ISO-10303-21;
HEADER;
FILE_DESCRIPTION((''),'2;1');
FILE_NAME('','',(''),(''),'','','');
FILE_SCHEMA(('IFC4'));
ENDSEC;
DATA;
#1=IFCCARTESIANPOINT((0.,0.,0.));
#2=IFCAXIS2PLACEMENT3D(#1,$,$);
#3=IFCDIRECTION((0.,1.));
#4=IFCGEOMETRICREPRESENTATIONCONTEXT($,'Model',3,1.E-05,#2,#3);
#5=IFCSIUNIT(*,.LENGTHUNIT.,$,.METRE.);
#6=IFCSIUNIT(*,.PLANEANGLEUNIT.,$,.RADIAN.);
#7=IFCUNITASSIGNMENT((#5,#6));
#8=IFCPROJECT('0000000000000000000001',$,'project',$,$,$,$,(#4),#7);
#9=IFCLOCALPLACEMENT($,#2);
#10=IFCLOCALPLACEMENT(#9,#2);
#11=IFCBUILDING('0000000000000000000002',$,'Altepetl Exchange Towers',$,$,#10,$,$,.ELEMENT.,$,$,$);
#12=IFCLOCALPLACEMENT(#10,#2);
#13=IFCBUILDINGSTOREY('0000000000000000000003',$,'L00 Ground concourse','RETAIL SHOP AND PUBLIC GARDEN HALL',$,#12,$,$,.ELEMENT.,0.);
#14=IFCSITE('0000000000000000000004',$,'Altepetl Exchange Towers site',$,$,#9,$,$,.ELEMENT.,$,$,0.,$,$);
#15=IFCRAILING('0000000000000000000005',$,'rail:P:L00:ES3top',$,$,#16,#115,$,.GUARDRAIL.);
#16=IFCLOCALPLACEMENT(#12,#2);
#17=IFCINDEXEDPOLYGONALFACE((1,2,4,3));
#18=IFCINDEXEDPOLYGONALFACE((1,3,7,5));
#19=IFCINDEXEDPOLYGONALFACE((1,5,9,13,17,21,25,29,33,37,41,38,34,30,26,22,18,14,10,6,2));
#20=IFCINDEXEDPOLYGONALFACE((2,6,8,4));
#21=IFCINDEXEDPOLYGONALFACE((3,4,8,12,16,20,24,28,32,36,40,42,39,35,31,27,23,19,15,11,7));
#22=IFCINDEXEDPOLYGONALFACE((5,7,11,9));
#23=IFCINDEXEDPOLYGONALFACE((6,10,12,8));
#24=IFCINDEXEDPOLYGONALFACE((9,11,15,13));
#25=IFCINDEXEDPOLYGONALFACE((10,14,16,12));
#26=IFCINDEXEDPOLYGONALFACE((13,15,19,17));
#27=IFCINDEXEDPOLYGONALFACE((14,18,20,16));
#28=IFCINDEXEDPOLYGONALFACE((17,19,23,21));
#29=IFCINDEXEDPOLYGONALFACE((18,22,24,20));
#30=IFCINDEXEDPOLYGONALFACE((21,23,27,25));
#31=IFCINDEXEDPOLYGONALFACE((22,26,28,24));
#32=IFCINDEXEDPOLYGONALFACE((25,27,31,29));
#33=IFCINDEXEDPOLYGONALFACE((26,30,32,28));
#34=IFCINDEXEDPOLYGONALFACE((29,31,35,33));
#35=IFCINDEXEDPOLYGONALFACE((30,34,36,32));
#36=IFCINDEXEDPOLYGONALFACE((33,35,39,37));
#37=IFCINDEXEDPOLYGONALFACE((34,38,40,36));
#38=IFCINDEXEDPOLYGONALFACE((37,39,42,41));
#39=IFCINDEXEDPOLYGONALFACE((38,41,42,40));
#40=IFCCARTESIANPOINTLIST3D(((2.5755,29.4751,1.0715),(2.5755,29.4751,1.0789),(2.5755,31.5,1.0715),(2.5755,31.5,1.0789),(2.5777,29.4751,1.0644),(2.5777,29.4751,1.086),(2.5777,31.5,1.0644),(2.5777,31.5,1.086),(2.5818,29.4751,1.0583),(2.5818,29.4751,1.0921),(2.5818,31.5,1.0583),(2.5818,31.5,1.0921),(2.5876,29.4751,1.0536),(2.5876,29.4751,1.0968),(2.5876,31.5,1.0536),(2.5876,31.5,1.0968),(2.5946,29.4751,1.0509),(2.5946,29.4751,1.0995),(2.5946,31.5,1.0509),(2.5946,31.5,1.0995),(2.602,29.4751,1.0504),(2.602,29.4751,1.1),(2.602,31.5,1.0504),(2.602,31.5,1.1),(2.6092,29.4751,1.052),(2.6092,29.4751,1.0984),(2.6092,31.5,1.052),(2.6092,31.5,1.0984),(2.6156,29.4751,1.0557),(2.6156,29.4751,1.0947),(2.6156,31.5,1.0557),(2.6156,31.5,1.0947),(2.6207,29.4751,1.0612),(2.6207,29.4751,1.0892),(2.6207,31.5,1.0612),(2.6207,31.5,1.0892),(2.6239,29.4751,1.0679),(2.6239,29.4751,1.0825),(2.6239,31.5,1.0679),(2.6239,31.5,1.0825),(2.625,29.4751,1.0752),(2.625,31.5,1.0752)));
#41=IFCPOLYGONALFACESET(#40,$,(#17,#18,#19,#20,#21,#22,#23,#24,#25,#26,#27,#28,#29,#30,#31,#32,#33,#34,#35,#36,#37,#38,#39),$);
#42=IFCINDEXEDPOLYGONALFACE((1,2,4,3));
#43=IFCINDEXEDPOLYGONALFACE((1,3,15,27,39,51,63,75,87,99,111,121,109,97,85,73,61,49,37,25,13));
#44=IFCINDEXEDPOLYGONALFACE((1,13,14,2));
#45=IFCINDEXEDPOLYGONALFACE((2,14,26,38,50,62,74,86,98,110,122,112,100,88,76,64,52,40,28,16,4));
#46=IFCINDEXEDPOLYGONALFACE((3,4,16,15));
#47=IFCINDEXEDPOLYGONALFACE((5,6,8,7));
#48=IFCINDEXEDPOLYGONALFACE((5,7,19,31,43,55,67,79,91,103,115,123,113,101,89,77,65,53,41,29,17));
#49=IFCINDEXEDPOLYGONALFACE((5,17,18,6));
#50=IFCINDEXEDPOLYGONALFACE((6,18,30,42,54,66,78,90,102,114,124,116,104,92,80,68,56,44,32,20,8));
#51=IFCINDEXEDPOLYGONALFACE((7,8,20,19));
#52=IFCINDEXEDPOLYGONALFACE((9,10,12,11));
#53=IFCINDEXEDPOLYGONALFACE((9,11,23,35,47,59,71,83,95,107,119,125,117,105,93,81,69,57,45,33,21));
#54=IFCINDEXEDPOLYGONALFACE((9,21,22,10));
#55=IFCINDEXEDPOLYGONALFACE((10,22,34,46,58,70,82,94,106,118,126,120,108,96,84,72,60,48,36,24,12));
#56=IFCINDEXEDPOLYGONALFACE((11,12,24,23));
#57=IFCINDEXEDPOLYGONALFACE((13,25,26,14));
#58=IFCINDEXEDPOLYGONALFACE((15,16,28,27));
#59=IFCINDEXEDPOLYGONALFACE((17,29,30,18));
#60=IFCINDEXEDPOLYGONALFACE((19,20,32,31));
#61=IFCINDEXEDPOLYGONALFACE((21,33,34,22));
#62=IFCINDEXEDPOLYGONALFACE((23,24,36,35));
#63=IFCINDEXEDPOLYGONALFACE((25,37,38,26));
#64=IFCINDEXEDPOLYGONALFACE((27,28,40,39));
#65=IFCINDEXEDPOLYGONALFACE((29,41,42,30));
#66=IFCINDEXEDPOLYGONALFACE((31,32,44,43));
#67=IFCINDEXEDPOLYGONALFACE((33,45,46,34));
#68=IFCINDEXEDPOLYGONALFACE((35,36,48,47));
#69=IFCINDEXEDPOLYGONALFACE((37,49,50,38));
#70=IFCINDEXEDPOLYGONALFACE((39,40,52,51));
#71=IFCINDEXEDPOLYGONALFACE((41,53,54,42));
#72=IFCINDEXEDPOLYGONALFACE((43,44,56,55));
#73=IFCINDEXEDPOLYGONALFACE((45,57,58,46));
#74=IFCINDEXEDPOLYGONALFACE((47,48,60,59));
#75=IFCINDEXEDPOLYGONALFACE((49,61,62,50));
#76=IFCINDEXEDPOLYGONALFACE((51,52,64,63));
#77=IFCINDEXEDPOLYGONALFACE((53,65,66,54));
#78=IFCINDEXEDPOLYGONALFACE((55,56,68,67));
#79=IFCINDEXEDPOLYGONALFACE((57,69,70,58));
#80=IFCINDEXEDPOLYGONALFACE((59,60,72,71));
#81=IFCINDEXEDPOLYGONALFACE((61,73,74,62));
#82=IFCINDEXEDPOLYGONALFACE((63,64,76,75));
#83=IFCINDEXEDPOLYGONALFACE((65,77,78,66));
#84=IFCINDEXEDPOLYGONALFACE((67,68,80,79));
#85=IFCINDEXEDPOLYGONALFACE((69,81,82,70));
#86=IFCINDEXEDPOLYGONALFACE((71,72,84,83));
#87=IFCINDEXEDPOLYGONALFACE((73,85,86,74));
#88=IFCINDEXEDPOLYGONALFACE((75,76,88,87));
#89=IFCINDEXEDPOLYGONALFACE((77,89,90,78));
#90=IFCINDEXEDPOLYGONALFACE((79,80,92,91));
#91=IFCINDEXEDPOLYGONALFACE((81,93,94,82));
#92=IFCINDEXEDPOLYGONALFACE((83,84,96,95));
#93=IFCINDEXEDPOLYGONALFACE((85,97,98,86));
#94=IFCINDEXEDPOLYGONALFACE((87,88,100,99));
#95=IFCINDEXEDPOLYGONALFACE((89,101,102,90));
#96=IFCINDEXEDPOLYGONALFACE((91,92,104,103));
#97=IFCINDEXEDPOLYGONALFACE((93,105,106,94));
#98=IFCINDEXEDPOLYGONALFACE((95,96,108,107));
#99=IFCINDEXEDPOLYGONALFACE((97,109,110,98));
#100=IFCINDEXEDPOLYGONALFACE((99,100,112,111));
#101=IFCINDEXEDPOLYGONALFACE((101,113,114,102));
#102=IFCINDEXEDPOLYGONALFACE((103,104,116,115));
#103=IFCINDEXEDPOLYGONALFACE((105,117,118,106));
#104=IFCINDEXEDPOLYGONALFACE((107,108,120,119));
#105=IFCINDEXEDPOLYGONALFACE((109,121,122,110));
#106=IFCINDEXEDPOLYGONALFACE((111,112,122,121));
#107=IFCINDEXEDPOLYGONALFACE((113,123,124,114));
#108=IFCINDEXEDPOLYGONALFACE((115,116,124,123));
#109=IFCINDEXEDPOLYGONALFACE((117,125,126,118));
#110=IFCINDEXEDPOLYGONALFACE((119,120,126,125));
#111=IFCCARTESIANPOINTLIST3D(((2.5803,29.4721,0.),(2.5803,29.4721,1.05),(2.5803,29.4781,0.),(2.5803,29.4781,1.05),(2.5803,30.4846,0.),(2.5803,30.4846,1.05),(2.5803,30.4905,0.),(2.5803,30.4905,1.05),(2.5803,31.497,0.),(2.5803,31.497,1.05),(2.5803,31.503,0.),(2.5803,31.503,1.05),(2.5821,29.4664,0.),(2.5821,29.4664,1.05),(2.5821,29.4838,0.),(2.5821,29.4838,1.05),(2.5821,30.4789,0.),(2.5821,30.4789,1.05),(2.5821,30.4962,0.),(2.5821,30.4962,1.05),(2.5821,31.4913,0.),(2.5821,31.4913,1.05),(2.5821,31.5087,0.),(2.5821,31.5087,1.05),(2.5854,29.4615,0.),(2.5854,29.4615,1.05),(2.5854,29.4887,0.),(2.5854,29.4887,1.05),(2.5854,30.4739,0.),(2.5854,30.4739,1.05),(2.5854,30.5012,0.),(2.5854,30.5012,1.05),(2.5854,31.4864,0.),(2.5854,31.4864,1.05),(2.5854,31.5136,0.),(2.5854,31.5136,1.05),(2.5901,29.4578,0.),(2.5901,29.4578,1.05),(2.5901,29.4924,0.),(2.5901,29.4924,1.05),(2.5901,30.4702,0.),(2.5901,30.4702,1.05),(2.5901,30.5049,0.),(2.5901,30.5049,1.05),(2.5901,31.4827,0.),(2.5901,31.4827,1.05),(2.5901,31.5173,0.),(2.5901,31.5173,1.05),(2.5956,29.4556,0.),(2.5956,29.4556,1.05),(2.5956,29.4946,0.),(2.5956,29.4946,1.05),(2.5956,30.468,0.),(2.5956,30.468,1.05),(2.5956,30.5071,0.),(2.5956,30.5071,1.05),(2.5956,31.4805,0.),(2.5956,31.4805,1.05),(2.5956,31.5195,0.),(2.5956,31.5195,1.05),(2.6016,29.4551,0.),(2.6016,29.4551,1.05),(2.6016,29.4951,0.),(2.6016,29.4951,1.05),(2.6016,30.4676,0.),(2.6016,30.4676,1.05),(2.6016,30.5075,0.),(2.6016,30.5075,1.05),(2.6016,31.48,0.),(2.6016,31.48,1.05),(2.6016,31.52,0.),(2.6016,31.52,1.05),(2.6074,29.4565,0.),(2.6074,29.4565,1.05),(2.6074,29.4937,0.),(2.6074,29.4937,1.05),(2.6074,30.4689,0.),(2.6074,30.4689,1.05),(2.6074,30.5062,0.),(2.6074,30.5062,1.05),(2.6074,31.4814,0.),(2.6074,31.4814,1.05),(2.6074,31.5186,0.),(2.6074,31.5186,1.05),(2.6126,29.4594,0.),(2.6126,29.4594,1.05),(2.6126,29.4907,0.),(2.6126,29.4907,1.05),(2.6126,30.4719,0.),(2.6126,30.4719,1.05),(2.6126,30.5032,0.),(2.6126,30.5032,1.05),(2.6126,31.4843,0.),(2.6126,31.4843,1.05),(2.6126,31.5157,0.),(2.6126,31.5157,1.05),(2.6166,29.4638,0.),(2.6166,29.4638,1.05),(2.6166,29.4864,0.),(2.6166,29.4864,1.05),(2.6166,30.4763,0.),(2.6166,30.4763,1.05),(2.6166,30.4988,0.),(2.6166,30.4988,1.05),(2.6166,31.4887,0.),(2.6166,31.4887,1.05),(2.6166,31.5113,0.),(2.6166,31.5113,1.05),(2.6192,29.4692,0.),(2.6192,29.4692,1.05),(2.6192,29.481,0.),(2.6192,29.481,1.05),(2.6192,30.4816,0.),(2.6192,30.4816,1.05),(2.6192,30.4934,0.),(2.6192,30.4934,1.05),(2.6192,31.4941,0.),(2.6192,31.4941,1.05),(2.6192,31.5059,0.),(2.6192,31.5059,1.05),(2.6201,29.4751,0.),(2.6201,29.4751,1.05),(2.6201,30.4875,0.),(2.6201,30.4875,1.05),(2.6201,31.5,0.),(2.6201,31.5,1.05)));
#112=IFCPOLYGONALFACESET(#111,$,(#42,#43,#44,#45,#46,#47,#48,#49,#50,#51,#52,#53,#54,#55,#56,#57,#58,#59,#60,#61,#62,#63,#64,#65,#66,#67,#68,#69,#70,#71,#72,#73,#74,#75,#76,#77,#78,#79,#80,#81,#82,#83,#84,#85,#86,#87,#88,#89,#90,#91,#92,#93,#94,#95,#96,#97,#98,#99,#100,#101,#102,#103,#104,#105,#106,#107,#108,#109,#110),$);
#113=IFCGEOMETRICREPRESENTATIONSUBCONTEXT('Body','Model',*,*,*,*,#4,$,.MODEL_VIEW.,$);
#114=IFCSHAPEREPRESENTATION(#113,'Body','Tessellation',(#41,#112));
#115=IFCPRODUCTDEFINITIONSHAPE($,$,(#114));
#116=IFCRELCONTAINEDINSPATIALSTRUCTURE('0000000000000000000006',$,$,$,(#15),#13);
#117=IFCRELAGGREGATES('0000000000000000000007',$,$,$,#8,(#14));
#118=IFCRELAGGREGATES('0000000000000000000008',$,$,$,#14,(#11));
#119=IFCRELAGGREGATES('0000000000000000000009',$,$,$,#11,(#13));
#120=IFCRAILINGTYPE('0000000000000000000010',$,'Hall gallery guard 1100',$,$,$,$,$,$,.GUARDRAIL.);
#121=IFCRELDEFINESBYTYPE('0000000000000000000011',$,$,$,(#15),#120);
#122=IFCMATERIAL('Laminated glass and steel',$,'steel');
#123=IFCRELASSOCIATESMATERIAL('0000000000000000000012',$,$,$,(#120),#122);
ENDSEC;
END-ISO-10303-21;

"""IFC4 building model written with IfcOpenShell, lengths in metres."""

from ifc_helpers import new_model, si_unit, direction, frame, origin, origin_2d, place, context, subcontext, project, spatial, circle, extrude, source, transform, mapped, material, type_object, element, save


model = new_model("IFC4")

# Units and contexts
model_context = context("Model", 3, precision=1e-05, world=origin(), true_north=direction((0.0, 1.0)))
body_context = subcontext(model_context, "Body", "Model", "MODEL_VIEW")
ifc_project = project(units=[si_unit("LENGTHUNIT", "METRE"), si_unit("PLANEANGLEUNIT", "RADIAN")], contexts=[model_context])

# Site, building, storey
site_placement = place(None, origin())
site = spatial("IfcSite", under=ifc_project, at=site_placement, Name="Altepetl Exchange Towers site", CompositionType="ELEMENT", RefElevation=0.0)
building_placement = place(site_placement, origin())
building = spatial("IfcBuilding", under=site, at=building_placement, Name="Altepetl Exchange Towers", CompositionType="ELEMENT")
storey_placement = place(building_placement, origin())
storey = spatial("IfcBuildingStorey", under=building, at=storey_placement, Name="L00 Ground concourse", Description="RETAIL SHOP AND PUBLIC GARDEN HALL", CompositionType="ELEMENT", Elevation=0.0)

# Railing
ifc_material_1 = material(Name="Laminated glass and steel", Category="steel")
railing_type_1 = type_object("IfcRailingType", Name="Hall gallery guard 1100", PredefinedType="GUARDRAIL", material=ifc_material_1)
shared_shape_1 = source(origin(), body_context, "Body", "SweptSolid", [
    extrude(circle(Radius=0.02, at=origin_2d()), origin(), (0.0, 0.0, 1.0), 1.05),
])
railing_1_placement = place(storey_placement, frame((2.6001, 31.5, 0.0)))
element("IfcRailing", 1, at=railing_1_placement, inside=storey, type_object=railing_type_1, Name="rail:P:L00:ES3top", PredefinedType="GUARDRAIL", context=body_context, shape_type="SweptSolid", body=[
    extrude(circle(Radius=0.0249, at=origin_2d()), frame((0.0, 0.0, 1.0752), z_axis=(0.0, -1.0, 0.0), x_axis=(1.0, 0.0, 0.0)), (0.0, 0.0, 1.0), 2.0249),
    mapped(shared_shape_1, transform((0.0, 0.0, 0.0))),
    mapped(shared_shape_1, transform((0.0, -1.0125, 0.0))),
    mapped(shared_shape_1, transform((0.0, -2.0249, 0.0))),
])

save(model, "model.ifc")
